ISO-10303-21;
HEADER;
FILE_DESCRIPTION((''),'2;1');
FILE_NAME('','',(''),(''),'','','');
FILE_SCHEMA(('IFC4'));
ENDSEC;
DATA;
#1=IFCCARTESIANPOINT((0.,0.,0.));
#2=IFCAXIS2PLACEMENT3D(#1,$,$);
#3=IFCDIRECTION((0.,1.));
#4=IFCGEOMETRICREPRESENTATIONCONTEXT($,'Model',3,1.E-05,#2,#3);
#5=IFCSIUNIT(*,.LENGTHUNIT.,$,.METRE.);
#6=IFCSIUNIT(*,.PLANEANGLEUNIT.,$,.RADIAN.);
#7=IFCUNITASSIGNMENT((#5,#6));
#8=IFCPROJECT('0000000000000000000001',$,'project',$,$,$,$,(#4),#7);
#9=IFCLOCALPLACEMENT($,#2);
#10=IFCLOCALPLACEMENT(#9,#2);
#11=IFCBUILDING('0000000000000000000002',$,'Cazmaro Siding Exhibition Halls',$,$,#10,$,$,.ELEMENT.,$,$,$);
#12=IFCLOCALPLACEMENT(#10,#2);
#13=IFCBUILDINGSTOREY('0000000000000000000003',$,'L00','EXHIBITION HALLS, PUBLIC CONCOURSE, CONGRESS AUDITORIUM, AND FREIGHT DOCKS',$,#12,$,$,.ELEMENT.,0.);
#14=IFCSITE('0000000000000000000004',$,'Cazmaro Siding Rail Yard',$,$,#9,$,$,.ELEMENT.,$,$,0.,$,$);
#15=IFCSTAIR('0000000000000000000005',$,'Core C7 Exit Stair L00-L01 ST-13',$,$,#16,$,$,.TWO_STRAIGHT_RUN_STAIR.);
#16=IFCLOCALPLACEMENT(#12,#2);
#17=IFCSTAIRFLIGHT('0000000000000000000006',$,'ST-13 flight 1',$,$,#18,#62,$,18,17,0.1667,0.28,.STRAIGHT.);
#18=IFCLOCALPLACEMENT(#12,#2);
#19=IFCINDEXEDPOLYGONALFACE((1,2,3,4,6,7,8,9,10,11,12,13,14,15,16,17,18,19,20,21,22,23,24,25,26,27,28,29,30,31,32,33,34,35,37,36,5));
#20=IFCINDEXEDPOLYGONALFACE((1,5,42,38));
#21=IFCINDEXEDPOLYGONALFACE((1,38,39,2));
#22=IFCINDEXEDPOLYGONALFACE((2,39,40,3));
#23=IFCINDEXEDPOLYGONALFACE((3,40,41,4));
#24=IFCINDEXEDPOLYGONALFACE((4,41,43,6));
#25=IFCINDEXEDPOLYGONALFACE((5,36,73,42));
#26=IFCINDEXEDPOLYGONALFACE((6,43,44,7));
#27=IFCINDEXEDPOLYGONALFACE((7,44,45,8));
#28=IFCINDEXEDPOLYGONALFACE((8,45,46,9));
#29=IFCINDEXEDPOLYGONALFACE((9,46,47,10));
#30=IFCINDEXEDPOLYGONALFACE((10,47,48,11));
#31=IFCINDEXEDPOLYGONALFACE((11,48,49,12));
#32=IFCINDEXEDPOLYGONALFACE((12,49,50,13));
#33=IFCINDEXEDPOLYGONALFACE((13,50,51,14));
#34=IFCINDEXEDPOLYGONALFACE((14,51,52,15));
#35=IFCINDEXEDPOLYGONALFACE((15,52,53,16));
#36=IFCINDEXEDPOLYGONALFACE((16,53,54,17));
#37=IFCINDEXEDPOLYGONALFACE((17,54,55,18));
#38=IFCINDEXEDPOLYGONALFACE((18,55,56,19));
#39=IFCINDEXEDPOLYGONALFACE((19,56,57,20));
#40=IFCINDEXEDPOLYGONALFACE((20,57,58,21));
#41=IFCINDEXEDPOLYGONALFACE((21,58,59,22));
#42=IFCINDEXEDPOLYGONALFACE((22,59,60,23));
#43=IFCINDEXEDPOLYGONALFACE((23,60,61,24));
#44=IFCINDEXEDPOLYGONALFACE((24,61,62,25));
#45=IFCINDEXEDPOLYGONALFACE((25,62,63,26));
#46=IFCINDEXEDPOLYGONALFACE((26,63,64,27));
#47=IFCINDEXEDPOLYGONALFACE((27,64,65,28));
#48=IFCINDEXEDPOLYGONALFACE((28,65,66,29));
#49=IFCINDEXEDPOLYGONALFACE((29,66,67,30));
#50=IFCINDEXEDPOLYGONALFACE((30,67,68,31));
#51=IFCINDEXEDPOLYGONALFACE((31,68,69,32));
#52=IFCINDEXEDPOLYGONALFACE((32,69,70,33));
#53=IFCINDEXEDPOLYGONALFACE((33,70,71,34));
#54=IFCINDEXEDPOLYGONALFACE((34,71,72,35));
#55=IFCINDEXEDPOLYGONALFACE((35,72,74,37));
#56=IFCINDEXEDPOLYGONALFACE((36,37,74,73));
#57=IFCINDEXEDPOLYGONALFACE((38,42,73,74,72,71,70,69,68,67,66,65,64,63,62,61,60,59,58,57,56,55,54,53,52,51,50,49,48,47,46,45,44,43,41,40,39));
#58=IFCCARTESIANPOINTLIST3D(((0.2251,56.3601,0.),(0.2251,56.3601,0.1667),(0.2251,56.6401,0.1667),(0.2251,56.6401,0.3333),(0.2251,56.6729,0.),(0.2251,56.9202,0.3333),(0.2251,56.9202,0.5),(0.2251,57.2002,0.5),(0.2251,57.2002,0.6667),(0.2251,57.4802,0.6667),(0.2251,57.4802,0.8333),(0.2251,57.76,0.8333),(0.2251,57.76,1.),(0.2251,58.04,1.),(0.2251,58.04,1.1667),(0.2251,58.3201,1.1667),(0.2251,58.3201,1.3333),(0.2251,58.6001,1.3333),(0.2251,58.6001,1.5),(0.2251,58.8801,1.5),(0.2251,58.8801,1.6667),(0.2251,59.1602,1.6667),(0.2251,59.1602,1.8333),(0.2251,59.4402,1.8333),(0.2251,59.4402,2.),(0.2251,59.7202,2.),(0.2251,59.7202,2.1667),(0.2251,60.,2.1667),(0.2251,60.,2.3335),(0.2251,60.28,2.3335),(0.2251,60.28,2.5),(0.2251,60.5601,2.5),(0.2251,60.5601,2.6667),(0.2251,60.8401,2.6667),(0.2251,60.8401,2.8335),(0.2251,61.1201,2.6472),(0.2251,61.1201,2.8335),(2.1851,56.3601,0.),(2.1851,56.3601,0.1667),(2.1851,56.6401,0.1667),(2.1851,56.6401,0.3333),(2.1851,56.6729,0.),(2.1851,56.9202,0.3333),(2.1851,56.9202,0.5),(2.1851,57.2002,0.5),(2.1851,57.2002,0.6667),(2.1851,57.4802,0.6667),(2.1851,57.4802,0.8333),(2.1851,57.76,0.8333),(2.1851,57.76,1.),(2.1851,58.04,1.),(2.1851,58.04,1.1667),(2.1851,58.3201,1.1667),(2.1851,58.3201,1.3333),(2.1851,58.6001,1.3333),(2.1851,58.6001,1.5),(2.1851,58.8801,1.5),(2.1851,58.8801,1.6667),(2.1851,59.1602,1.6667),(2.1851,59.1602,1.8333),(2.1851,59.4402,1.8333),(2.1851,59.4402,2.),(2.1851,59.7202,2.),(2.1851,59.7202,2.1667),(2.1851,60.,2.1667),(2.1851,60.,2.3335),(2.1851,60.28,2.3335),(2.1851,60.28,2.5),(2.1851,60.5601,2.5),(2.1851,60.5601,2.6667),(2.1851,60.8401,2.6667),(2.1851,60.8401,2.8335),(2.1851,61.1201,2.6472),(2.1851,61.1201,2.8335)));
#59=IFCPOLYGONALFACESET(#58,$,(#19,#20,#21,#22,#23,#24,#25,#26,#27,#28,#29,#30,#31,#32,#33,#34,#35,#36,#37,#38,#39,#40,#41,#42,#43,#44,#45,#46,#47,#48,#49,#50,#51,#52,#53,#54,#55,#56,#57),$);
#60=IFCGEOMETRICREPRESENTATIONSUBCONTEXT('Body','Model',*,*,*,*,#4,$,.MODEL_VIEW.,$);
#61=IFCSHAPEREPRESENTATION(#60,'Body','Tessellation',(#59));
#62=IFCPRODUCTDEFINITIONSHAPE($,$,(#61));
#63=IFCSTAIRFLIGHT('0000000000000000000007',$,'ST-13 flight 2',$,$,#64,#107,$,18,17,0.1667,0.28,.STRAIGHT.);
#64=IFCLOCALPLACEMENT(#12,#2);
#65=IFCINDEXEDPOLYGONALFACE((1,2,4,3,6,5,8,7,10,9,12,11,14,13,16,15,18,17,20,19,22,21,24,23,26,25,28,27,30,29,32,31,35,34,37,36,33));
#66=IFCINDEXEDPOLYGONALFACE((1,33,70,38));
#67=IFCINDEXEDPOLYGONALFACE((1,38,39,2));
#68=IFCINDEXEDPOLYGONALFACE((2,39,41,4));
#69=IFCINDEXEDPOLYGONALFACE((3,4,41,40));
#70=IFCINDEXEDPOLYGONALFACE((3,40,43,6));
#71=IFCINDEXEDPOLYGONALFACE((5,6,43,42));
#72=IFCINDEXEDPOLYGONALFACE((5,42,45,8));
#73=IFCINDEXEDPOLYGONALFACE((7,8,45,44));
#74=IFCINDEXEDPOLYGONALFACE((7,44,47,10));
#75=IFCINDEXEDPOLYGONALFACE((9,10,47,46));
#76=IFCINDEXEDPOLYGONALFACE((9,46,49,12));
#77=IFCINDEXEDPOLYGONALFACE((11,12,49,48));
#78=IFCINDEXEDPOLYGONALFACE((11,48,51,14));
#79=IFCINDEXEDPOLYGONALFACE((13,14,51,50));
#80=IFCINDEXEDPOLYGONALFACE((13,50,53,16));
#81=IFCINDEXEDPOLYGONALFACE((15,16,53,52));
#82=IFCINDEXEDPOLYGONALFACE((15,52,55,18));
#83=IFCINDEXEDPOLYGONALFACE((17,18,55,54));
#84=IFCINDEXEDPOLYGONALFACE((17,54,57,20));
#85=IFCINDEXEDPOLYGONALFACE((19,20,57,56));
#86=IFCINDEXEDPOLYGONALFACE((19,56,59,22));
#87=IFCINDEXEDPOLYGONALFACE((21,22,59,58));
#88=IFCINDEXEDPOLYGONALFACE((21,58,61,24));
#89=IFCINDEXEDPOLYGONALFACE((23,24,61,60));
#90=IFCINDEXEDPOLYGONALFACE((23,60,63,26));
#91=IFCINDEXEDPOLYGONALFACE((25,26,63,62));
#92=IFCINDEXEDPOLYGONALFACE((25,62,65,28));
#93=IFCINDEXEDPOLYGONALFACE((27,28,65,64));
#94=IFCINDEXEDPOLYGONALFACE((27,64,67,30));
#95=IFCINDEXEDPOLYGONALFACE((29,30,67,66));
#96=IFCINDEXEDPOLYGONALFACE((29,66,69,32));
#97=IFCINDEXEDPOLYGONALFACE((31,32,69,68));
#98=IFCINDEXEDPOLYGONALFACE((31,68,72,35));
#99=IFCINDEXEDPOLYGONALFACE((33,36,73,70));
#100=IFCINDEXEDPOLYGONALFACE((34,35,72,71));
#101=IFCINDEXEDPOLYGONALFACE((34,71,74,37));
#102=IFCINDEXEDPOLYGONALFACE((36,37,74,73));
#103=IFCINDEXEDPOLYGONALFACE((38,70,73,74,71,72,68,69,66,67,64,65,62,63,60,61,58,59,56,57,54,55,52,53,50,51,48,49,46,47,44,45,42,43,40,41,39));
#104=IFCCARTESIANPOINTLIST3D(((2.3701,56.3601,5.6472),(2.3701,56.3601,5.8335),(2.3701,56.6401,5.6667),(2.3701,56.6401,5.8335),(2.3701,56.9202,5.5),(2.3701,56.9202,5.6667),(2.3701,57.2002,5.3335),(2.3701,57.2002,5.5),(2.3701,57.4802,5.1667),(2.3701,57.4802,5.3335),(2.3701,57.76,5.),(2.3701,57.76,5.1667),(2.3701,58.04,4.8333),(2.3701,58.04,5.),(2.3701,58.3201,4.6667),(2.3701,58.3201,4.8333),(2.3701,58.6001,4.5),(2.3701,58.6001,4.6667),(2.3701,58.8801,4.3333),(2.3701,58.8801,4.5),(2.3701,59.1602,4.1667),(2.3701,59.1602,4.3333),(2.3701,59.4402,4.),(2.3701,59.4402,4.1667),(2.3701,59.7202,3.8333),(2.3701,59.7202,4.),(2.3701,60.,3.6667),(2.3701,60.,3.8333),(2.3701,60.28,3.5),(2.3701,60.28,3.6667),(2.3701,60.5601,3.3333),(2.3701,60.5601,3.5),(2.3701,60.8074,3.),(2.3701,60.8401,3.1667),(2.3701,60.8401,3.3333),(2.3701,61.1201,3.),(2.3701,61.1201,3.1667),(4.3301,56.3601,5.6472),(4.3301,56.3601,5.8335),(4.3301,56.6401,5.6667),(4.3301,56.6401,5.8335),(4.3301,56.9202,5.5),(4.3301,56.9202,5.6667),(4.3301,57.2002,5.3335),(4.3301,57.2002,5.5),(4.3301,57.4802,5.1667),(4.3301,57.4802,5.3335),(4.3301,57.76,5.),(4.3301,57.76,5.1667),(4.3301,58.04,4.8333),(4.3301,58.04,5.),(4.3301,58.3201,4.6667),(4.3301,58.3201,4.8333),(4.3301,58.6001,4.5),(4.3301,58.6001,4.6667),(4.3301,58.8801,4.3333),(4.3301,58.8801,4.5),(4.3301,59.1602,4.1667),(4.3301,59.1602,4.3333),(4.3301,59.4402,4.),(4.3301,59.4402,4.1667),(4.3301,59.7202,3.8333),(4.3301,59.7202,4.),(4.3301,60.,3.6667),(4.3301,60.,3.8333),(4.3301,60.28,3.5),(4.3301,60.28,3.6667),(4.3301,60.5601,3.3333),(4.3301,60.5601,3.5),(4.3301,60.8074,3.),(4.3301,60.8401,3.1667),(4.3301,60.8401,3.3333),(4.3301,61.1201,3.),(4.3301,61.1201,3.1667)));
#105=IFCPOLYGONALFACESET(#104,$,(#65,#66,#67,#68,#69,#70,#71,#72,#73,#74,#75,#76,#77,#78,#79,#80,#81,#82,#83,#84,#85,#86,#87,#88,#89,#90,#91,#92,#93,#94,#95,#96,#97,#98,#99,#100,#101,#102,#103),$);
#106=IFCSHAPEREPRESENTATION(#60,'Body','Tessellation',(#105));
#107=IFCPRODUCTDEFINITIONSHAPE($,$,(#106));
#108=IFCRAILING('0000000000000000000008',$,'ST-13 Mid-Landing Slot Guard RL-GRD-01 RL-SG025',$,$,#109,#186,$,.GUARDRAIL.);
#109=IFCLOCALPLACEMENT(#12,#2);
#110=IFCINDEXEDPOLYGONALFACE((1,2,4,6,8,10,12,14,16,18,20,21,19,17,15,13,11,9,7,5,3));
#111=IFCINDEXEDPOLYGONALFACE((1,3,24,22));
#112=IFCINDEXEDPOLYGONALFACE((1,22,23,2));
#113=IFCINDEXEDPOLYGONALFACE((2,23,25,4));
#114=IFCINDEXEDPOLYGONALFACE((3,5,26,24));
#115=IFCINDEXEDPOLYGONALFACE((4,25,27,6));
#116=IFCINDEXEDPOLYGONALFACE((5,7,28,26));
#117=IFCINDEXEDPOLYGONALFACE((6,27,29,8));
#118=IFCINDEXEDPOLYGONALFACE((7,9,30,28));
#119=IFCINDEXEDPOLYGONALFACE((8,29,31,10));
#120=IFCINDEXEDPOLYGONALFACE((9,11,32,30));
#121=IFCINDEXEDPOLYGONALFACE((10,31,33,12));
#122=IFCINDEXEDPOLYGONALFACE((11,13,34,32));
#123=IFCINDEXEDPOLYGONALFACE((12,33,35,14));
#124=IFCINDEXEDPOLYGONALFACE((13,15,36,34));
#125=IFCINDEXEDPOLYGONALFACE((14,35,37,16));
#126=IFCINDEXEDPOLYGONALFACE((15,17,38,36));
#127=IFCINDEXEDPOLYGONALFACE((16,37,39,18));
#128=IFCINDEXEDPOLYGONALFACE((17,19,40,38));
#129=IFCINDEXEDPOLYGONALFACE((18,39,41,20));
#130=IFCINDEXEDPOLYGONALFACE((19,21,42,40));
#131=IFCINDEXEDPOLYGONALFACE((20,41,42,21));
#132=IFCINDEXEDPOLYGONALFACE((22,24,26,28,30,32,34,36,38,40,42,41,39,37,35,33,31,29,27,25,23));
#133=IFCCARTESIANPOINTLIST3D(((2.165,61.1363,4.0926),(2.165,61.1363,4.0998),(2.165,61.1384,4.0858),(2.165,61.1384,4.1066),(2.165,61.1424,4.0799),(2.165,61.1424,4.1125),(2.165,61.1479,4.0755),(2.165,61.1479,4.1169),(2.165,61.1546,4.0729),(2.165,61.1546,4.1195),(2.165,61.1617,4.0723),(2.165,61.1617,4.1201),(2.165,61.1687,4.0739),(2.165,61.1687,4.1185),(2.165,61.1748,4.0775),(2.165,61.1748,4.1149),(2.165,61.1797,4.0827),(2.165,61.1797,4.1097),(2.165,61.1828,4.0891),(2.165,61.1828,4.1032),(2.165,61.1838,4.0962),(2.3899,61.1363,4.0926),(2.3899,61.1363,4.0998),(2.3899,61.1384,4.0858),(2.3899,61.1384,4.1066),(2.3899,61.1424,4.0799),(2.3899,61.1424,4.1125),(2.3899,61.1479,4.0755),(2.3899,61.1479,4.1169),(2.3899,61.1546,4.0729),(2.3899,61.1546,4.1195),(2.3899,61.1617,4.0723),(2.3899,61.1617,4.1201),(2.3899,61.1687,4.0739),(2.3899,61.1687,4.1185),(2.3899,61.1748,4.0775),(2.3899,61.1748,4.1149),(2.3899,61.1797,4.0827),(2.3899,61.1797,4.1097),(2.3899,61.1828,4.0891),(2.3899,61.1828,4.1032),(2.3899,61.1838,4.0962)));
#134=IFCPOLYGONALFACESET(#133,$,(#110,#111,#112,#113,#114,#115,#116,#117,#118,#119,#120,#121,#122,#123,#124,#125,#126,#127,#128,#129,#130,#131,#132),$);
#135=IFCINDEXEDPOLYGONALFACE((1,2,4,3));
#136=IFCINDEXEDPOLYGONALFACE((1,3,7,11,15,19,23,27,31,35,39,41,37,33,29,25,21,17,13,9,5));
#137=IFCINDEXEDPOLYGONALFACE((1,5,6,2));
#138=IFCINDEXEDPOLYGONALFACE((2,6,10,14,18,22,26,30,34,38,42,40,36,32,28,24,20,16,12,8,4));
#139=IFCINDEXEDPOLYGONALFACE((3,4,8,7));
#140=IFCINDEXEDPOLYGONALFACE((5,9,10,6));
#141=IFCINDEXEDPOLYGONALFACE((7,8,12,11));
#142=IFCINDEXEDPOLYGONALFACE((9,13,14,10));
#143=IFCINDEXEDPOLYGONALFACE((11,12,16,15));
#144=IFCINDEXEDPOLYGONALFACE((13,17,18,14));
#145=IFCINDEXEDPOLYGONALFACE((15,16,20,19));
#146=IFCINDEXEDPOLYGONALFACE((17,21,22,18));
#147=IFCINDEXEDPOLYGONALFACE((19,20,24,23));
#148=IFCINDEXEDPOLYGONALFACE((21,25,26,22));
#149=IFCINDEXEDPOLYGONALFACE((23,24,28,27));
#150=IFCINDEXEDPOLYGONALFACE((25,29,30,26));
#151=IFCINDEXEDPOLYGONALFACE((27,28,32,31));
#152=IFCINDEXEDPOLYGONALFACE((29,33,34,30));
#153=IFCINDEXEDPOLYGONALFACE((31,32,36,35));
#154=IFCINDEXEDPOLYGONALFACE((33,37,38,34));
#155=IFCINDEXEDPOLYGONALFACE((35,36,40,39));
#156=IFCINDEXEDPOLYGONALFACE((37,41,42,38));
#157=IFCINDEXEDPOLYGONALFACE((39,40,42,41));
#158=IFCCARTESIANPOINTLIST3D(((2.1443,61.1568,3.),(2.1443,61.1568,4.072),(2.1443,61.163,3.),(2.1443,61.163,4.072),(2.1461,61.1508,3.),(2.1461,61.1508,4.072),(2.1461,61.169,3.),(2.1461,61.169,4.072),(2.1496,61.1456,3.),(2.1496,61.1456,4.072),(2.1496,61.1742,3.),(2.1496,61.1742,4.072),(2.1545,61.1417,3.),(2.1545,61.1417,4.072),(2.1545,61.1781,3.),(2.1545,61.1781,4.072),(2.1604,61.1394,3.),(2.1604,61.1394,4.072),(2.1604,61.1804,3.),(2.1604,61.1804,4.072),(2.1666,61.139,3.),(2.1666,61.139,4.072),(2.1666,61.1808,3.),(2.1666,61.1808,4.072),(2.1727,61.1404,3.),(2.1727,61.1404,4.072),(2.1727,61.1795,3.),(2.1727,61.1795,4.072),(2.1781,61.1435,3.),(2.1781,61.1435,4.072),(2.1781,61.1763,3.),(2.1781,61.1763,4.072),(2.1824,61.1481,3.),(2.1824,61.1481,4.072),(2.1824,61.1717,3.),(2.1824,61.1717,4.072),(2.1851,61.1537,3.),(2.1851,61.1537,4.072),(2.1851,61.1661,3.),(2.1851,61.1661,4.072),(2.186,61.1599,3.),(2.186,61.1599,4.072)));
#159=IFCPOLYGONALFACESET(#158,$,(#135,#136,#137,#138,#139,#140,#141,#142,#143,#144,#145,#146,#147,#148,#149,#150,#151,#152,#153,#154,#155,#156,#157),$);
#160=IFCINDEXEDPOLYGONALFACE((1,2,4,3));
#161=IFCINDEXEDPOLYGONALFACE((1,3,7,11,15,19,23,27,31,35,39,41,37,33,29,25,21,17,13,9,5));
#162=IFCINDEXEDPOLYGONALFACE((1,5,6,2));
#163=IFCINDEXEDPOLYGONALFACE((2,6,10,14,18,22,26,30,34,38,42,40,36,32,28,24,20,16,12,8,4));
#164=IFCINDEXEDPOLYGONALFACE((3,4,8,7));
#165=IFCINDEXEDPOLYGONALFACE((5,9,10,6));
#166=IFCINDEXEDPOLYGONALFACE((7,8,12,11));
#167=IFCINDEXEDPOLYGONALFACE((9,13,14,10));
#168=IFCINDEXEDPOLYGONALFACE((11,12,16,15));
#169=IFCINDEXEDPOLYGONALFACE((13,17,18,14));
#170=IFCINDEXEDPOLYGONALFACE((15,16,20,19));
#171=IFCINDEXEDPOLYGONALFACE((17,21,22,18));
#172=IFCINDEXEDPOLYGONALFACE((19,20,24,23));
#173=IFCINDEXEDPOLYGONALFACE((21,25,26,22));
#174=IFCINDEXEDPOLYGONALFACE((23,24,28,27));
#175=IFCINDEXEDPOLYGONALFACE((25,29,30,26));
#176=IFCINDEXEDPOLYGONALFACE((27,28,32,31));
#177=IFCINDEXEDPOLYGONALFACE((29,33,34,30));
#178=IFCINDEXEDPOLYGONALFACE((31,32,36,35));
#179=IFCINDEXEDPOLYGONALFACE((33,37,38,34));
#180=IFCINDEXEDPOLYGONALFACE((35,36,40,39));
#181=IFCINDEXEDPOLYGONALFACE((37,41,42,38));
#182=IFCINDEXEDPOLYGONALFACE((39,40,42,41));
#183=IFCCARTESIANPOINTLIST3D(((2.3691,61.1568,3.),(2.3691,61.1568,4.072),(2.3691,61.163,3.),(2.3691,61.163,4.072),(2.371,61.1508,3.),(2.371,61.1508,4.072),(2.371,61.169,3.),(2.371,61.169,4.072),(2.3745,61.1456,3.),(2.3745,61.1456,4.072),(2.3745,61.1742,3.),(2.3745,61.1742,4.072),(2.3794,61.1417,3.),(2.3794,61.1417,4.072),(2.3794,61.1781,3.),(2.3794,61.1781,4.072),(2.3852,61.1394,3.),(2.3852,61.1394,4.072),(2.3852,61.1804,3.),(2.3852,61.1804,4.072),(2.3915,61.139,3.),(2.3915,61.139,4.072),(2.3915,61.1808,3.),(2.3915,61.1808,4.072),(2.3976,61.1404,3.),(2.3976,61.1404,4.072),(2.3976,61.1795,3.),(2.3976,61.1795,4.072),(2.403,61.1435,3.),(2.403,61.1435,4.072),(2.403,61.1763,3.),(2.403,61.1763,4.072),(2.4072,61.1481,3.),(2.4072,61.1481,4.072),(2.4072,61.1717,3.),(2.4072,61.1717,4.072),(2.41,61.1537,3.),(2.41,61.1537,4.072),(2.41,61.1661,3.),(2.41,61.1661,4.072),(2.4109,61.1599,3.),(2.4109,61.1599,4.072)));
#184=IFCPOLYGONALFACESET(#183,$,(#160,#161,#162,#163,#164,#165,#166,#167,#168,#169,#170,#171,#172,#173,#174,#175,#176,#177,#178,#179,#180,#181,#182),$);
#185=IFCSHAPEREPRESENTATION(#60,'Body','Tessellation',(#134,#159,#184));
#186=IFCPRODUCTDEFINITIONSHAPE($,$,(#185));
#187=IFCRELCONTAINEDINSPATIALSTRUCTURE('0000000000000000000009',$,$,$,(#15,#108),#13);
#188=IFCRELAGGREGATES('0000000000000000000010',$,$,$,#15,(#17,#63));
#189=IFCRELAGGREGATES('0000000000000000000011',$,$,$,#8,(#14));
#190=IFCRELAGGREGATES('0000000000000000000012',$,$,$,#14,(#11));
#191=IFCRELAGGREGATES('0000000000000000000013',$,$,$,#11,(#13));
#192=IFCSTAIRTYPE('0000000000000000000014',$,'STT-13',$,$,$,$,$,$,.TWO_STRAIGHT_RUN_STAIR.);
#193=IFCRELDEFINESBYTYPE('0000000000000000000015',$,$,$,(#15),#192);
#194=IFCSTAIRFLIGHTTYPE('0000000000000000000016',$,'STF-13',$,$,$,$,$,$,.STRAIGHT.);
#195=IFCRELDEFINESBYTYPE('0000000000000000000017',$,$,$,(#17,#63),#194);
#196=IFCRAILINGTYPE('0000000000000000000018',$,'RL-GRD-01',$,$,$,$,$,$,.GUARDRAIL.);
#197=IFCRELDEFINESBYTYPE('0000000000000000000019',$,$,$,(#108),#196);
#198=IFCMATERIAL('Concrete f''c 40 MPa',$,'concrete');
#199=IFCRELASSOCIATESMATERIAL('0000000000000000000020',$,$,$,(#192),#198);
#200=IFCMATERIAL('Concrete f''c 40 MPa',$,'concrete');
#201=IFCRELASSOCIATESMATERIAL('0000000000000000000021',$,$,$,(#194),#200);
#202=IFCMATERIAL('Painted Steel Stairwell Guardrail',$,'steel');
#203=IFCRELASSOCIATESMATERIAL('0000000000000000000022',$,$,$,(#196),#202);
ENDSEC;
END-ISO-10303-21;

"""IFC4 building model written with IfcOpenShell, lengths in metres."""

from ifc_helpers import new_model, si_unit, direction, frame, origin, origin_2d, place, context, subcontext, project, spatial, polyline, circle, outline, extrude, material, type_object, element, aggregate, save


model = new_model("IFC4")

# Units and contexts
model_context = context("Model", 3, precision=1e-05, world=origin(), true_north=direction((0.0, 1.0)))
body_context = subcontext(model_context, "Body", "Model", "MODEL_VIEW")
ifc_project = project(units=[si_unit("LENGTHUNIT", "METRE"), si_unit("PLANEANGLEUNIT", "RADIAN")], contexts=[model_context])

# Site, building, storey
site_placement = place(None, origin())
site = spatial("IfcSite", under=ifc_project, at=site_placement, Name="Cazmaro Siding Rail Yard", CompositionType="ELEMENT", RefElevation=0.0)
building_placement = place(site_placement, origin())
building = spatial("IfcBuilding", under=site, at=building_placement, Name="Cazmaro Siding Exhibition Halls", CompositionType="ELEMENT")
storey_placement = place(building_placement, origin())
storey = spatial("IfcBuildingStorey", under=building, at=storey_placement, Name="L00", Description="EXHIBITION HALLS, PUBLIC CONCOURSE, CONGRESS AUDITORIUM, AND FREIGHT DOCKS", CompositionType="ELEMENT", Elevation=0.0)

# Stair, stair flights
ifc_material_1 = material(Name="Concrete f'c 40 MPa", Category="concrete")
stair_type = type_object("IfcStairType", Name="STT-13", PredefinedType="TWO_STRAIGHT_RUN_STAIR", material=ifc_material_1)
stair_placement = place(storey_placement, origin())
stair = element("IfcStair", 1, at=stair_placement, inside=storey, type_object=stair_type, Name="Core C7 Exit Stair L00-L01 ST-13", PredefinedType="TWO_STRAIGHT_RUN_STAIR")
ifc_material_2 = material(Name="Concrete f'c 40 MPa", Category="concrete")
stair_flight_type = type_object("IfcStairFlightType", Name="STF-13", PredefinedType="STRAIGHT", material=ifc_material_2)
stair_flight_1_placement = place(storey_placement, frame((1.2051, 56.3601, 0.0), z_axis=(0.0, 0.0, 1.0), x_axis=(0.0, 1.0, 0.0)))
stair_flight_1 = element("IfcStairFlight", 2, at=stair_flight_1_placement, type_object=stair_flight_type, Name="ST-13 flight 1", NumberOfRisers=18, NumberOfTreads=17, PredefinedType="STRAIGHT", RiserHeight=0.1667, TreadLength=0.28, context=body_context, shape_type="SweptSolid", body=[
    extrude(outline(polyline([(0.0, 0.0), (0.0, 0.1667), (0.28, 0.1667), (0.28, 0.3333), (0.5601, 0.3333), (0.5601, 0.5), (0.8401, 0.5), (0.8401, 0.6667), (1.1201, 0.6667), (1.1201, 0.8333), (1.3999, 0.8333), (1.3999, 1.0), (1.6799, 1.0), (1.6799, 1.1667), (1.96, 1.1667), (1.96, 1.3333), (2.24, 1.3333), (2.24, 1.5), (2.52, 1.5), (2.52, 1.6667), (2.8, 1.6667), (2.8, 1.8333), (3.0801, 1.8333), (3.0801, 2.0), (3.3601, 2.0), (3.3601, 2.1667), (3.6399, 2.1667), (3.6399, 2.3335), (3.9199, 2.3335), (3.9199, 2.5), (4.2, 2.5), (4.2, 2.6667), (4.48, 2.6667), (4.48, 2.8335), (4.76, 2.8335), (4.76, 3.0), (4.76, 2.6472), (0.3127, 0.0), (0.0, 0.0)])), frame((0.0, 0.98, 0.0), z_axis=(0.0, -1.0, 0.0), x_axis=(1.0, 0.0, 0.0)), (0.0, 0.0, 1.0), 1.96),
])
stair_flight_2_placement = place(storey_placement, frame((3.3501, 61.1201, 3.0), z_axis=(0.0, 0.0, 1.0), x_axis=(0.0, -1.0, 0.0)))
stair_flight_2 = element("IfcStairFlight", 3, at=stair_flight_2_placement, type_object=stair_flight_type, Name="ST-13 flight 2", NumberOfRisers=18, NumberOfTreads=17, PredefinedType="STRAIGHT", RiserHeight=0.1667, TreadLength=0.28, context=body_context, shape_type="SweptSolid", body=[
    extrude(outline(polyline([(0.0, 0.0), (0.0, 0.1667), (0.28, 0.1667), (0.28, 0.3333), (0.5601, 0.3333), (0.5601, 0.5), (0.8401, 0.5), (0.8401, 0.6667), (1.1201, 0.6667), (1.1201, 0.8333), (1.3999, 0.8333), (1.3999, 1.0), (1.6799, 1.0), (1.6799, 1.1667), (1.96, 1.1667), (1.96, 1.3333), (2.24, 1.3333), (2.24, 1.5), (2.52, 1.5), (2.52, 1.6667), (2.8, 1.6667), (2.8, 1.8333), (3.0801, 1.8333), (3.0801, 2.0), (3.3601, 2.0), (3.3601, 2.1667), (3.6399, 2.1667), (3.6399, 2.3335), (3.9199, 2.3335), (3.9199, 2.5), (4.2, 2.5), (4.2, 2.6667), (4.48, 2.6667), (4.48, 2.8335), (4.76, 2.8335), (4.76, 3.0), (4.76, 2.6472), (0.3127, 0.0), (0.0, 0.0)])), frame((0.0, 0.98, 0.0), z_axis=(0.0, -1.0, 0.0), x_axis=(1.0, 0.0, 0.0)), (0.0, 0.0, 1.0), 1.96),
])
aggregate(stair, [stair_flight_1, stair_flight_2])

# Railing
ifc_material_3 = material(Name="Painted Steel Stairwell Guardrail", Category="steel")
railing_type_1 = type_object("IfcRailingType", Name="RL-GRD-01", PredefinedType="GUARDRAIL", material=ifc_material_3)
railing_1_placement = place(storey_placement, frame((2.165, 61.1599, 3.0)))
element("IfcRailing", 4, at=railing_1_placement, inside=storey, type_object=railing_type_1, Name="ST-13 Mid-Landing Slot Guard RL-GRD-01 RL-SG025", PredefinedType="GUARDRAIL", context=body_context, shape_type="SweptSolid", body=[
    extrude(circle(Radius=0.0239, at=origin_2d()), frame((0.0, 0.0, 1.0962), z_axis=(1.0, 0.0, 0.0), x_axis=(0.0, 1.0, 0.0)), (0.0, 0.0, 1.0), 0.2249),
    extrude(circle(Radius=0.021, at=origin_2d()), origin(), (0.0, 0.0, 1.0), 1.072),
    extrude(circle(Radius=0.021, at=origin_2d()), frame((0.2249, 0.0, 0.0)), (0.0, 0.0, 1.0), 1.072),
])

save(model, "model.ifc")
